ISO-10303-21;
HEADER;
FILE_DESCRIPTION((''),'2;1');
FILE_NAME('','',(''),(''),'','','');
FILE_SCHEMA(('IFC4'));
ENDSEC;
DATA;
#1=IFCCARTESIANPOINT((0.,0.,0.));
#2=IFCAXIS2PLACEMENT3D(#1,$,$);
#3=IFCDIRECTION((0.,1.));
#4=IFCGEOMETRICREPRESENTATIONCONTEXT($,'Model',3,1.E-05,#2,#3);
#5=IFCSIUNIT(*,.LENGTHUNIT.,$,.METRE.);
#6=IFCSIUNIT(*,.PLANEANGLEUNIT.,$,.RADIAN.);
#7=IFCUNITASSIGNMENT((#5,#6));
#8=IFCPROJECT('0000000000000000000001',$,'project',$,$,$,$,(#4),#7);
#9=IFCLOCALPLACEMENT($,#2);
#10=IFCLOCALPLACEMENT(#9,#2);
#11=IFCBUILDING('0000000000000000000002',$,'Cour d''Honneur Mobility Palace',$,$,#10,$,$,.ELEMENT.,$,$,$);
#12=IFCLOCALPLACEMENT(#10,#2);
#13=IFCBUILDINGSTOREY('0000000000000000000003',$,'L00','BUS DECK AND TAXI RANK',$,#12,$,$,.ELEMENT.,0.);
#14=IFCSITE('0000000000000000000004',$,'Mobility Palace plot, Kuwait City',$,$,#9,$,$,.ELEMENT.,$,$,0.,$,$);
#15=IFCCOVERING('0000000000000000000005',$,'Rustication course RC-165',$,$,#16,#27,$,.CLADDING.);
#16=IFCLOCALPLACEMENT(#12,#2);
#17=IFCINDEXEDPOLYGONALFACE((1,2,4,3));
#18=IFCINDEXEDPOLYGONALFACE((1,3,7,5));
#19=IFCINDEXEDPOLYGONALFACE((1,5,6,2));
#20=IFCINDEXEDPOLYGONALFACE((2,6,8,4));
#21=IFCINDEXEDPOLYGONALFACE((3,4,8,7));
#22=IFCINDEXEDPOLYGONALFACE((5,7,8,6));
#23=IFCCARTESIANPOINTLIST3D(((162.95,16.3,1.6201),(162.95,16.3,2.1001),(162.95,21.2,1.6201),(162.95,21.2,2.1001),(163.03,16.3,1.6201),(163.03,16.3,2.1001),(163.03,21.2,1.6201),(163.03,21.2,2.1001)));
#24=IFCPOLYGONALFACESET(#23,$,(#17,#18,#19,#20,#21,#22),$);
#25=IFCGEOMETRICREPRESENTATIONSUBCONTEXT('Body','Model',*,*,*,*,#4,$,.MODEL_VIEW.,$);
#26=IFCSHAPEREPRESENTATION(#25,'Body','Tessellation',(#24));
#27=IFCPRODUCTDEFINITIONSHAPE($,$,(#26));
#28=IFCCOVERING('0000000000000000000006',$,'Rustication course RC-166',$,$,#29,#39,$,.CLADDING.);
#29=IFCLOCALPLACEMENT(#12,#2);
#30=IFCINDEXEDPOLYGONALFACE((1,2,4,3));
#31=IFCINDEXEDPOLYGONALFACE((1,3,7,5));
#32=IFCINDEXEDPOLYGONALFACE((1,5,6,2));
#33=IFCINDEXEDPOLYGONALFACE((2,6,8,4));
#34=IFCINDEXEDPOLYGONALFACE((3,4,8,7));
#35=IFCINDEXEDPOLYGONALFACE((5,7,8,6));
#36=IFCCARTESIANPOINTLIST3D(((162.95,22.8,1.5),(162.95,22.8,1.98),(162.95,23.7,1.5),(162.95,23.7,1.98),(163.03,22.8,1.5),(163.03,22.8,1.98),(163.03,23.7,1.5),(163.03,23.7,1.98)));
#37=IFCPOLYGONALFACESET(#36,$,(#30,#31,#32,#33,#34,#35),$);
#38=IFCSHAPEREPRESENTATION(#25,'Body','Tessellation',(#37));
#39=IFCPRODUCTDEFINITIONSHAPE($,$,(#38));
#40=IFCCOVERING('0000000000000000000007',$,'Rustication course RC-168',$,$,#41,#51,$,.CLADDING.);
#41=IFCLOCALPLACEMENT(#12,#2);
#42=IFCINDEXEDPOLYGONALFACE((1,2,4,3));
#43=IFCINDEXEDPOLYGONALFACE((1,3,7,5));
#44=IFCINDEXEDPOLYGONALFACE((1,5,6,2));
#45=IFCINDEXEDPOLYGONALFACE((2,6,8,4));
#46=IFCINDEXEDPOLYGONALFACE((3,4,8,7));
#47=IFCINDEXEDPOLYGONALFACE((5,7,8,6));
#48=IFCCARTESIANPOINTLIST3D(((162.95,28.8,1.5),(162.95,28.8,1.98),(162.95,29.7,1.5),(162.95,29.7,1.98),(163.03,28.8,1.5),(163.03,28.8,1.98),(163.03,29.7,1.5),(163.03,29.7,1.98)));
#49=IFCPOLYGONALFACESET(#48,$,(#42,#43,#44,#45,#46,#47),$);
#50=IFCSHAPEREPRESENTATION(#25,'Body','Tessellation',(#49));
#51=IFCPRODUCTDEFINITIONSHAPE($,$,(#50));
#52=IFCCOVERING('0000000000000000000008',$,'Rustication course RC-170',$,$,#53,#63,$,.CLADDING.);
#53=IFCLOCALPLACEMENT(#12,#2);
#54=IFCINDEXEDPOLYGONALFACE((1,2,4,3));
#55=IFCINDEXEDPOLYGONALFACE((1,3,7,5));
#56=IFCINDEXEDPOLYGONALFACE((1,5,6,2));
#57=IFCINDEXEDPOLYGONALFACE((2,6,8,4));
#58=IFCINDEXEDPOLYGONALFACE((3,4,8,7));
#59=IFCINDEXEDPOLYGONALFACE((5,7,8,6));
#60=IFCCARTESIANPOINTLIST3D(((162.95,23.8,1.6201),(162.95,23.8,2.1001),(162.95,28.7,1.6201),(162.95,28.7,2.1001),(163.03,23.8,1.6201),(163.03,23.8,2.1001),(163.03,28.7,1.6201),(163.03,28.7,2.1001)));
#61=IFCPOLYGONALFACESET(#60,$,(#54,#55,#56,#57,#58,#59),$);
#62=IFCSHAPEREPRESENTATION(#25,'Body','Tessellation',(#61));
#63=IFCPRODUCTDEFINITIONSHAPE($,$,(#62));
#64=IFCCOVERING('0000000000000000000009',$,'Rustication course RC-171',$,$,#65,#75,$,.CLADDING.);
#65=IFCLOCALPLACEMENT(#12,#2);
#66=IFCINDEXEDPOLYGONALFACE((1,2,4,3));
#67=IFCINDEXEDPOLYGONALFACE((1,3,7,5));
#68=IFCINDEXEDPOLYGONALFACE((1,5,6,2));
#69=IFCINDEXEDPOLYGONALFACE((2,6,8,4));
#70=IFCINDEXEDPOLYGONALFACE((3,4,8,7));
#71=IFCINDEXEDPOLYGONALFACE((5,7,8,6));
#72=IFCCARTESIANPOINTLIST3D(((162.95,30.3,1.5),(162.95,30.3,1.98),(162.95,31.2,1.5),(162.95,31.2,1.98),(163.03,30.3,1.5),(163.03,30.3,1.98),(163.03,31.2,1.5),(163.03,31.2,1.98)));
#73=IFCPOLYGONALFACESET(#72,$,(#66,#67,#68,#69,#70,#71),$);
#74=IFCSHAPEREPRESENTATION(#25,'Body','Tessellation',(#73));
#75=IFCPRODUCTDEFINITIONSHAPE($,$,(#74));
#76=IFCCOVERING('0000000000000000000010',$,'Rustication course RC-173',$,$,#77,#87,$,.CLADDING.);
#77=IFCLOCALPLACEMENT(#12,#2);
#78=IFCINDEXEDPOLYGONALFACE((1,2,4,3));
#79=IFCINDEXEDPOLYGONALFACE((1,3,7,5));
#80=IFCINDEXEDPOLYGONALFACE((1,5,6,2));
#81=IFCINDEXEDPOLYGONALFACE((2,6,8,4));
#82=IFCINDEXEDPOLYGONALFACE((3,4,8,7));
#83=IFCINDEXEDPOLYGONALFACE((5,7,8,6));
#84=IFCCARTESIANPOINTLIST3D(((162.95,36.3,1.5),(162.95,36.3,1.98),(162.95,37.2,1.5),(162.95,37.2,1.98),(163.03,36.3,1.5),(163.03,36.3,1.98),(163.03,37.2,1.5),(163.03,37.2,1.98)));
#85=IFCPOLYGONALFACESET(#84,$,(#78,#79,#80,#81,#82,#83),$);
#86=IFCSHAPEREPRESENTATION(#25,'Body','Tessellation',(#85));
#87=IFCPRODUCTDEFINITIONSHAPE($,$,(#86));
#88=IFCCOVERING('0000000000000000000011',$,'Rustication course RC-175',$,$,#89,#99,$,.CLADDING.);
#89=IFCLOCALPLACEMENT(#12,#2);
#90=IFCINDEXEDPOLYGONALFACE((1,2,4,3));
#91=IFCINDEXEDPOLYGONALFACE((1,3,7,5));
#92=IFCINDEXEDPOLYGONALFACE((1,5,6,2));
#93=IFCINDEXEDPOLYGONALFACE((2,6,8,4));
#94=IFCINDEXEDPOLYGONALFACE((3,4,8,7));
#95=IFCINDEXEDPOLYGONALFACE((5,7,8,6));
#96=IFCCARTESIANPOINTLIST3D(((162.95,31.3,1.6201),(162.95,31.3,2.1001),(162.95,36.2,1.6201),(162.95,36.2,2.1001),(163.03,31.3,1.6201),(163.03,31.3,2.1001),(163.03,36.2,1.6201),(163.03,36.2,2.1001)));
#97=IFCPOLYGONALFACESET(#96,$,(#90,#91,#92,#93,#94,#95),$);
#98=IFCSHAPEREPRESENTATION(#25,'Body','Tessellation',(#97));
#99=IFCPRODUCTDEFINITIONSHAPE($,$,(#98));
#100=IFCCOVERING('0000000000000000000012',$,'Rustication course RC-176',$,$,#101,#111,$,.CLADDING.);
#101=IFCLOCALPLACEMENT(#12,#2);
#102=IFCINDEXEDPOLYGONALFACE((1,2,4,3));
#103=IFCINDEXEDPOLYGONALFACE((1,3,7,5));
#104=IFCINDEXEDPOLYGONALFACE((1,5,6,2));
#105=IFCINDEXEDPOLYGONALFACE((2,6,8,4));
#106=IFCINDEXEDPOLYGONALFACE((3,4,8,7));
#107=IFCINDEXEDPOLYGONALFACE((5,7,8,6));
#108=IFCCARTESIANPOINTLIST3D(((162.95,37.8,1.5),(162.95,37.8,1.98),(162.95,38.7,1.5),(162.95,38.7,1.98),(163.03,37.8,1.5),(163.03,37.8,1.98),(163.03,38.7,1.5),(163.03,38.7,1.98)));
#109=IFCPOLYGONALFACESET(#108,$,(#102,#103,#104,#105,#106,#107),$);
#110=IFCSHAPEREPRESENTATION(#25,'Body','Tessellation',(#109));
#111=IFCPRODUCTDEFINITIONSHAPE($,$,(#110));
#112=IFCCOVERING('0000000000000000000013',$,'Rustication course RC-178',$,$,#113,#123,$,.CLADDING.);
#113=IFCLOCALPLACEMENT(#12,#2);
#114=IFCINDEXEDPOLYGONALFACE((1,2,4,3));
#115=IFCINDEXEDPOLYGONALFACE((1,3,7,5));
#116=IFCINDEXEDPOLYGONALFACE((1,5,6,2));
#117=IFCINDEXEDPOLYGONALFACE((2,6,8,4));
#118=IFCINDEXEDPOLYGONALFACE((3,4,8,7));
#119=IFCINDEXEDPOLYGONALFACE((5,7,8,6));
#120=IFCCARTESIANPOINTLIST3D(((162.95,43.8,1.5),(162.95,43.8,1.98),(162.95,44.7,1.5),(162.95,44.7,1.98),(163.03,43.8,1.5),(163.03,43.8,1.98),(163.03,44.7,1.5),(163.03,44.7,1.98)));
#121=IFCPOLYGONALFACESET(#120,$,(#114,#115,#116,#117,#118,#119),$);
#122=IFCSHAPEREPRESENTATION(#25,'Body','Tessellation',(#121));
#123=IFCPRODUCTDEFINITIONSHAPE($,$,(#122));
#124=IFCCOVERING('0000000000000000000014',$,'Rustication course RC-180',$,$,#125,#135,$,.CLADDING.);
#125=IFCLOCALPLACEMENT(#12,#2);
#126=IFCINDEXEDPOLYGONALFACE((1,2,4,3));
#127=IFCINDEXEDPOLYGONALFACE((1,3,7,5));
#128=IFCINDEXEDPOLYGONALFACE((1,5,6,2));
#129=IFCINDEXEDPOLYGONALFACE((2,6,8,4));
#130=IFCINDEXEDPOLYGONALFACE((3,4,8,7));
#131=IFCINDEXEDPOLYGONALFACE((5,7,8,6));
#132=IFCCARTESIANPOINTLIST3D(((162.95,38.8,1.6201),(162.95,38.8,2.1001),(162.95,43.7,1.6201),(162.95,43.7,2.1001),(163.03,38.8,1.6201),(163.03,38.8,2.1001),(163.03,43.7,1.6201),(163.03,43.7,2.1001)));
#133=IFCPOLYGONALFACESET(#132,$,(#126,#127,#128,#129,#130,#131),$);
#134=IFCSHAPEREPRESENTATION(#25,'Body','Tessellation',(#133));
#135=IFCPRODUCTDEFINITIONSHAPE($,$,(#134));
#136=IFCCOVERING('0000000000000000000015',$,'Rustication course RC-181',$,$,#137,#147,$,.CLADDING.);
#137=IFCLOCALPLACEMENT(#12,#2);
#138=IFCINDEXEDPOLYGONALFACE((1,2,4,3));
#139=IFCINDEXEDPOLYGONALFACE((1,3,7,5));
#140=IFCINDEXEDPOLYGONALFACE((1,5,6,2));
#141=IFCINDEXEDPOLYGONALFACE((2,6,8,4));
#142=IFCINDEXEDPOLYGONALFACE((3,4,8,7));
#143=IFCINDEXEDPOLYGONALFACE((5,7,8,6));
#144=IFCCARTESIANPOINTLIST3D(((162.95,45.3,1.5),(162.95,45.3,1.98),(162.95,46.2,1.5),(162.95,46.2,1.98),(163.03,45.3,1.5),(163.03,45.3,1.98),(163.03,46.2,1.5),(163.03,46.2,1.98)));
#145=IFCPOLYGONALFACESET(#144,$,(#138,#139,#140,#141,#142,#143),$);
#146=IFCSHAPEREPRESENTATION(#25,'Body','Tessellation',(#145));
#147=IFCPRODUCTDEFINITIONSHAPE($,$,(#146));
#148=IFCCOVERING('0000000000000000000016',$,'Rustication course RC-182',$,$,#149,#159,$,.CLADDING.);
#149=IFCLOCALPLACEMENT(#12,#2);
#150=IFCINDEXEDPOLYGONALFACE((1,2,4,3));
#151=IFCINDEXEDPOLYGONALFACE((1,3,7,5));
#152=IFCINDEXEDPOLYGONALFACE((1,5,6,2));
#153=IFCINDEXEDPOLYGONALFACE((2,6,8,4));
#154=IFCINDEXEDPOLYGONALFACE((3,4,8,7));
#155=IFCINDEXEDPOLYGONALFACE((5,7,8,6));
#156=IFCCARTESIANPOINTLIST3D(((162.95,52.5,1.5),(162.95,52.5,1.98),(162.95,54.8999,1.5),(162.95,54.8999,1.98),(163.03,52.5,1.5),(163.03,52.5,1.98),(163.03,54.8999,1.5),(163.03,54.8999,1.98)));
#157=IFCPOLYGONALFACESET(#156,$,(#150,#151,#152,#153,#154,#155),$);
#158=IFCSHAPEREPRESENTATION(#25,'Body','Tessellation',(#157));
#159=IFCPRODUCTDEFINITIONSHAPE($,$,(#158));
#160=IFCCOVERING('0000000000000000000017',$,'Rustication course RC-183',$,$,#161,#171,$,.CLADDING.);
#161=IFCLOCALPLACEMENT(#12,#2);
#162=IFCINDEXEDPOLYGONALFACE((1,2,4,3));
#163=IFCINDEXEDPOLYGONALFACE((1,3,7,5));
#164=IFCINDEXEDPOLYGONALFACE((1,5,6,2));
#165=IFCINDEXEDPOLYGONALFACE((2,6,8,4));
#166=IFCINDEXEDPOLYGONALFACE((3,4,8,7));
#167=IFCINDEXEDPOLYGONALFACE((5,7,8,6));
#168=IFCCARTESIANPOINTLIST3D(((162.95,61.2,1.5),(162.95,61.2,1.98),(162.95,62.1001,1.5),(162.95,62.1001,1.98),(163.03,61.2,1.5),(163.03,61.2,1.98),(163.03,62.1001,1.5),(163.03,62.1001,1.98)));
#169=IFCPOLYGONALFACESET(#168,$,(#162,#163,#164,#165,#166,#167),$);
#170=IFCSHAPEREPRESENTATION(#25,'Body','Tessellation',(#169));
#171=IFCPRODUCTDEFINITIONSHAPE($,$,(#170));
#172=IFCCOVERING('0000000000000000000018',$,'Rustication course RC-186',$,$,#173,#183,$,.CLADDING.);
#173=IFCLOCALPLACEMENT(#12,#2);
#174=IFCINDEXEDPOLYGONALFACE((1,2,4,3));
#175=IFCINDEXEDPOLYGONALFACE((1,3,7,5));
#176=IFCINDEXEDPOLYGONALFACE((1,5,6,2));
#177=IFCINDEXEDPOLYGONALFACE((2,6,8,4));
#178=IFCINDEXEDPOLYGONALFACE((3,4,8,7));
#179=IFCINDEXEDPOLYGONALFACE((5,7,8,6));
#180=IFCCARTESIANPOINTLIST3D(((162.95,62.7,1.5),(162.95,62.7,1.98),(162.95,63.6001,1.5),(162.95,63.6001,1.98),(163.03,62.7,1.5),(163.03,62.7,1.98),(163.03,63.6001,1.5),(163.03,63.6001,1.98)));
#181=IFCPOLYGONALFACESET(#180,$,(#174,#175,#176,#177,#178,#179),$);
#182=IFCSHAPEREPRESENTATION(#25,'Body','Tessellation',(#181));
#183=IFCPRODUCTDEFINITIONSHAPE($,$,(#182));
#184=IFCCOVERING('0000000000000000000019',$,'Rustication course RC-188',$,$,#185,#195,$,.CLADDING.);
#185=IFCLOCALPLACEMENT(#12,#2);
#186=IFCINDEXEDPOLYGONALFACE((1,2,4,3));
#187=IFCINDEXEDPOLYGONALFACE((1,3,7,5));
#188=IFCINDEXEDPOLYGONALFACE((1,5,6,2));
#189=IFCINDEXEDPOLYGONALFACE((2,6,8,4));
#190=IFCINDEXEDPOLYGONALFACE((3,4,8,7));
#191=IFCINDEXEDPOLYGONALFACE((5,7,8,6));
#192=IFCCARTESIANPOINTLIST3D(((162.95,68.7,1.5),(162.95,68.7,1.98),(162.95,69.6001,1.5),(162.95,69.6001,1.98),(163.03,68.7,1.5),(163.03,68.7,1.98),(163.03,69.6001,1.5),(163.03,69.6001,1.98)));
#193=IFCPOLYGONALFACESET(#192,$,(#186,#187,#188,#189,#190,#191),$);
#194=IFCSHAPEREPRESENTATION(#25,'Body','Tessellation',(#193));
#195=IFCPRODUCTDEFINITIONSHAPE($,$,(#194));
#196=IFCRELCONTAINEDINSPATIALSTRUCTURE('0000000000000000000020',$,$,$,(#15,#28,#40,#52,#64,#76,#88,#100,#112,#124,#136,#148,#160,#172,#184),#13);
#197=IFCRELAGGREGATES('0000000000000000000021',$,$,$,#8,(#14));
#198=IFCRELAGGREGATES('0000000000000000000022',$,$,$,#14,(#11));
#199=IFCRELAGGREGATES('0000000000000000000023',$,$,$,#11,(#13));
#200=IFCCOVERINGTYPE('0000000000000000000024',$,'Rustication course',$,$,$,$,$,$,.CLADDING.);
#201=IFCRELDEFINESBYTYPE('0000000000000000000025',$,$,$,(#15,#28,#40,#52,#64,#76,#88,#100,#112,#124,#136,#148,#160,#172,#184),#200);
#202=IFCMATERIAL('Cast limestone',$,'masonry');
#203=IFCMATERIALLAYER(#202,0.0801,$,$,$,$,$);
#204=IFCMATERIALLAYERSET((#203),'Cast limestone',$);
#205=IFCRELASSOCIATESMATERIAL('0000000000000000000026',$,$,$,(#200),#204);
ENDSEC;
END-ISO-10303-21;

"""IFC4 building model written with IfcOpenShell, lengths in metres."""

from ifc_helpers import new_model, si_unit, direction, frame, origin, place, context, subcontext, project, spatial, polyline, outline, extrude, material, layer, layer_set, type_object, element, save


model = new_model("IFC4")

# Units and contexts
model_context = context("Model", 3, precision=1e-05, world=origin(), true_north=direction((0.0, 1.0)))
body_context = subcontext(model_context, "Body", "Model", "MODEL_VIEW")
ifc_project = project(units=[si_unit("LENGTHUNIT", "METRE"), si_unit("PLANEANGLEUNIT", "RADIAN")], contexts=[model_context])

# Site, building, storey
site_placement = place(None, origin())
site = spatial("IfcSite", under=ifc_project, at=site_placement, Name="Mobility Palace plot, Kuwait City", CompositionType="ELEMENT", RefElevation=0.0)
building_placement = place(site_placement, origin())
building = spatial("IfcBuilding", under=site, at=building_placement, Name="Cour d'Honneur Mobility Palace", CompositionType="ELEMENT")
storey_placement = place(building_placement, origin())
storey = spatial("IfcBuildingStorey", under=building, at=storey_placement, Name="L00", Description="BUS DECK AND TAXI RANK", CompositionType="ELEMENT", Elevation=0.0)

# Coverings
ifc_material = material(Name="Cast limestone", Category="masonry")
ifc_layer = layer(ifc_material, 0.0801)
ifc_layer_set = layer_set([ifc_layer], Name="Cast limestone")
covering_type = type_object("IfcCoveringType", Name="Rustication course", PredefinedType="CLADDING", material=ifc_layer_set)
covering_1_placement = place(storey_placement, frame((0.0, 0.0, 1.6201)))
element("IfcCovering", 1, at=covering_1_placement, inside=storey, type_object=covering_type, Name="Rustication course RC-165", PredefinedType="CLADDING", context=body_context, shape_type="SweptSolid", body=[
    extrude(outline(polyline([(162.95, 16.3), (162.95, 21.2), (163.03, 21.2), (163.03, 16.3), (162.95, 16.3)])), origin(), (0.0, 0.0, 1.0), 0.48),
])
covering_2_placement = place(storey_placement, frame((0.0, 0.0, 1.5)))
element("IfcCovering", 2, at=covering_2_placement, inside=storey, type_object=covering_type, Name="Rustication course RC-166", PredefinedType="CLADDING", context=body_context, shape_type="SweptSolid", body=[
    extrude(outline(polyline([(162.95, 22.8), (162.95, 23.7), (163.03, 23.7), (163.03, 22.8), (162.95, 22.8)])), origin(), (0.0, 0.0, 1.0), 0.48),
])
covering_3_placement = place(storey_placement, frame((0.0, 0.0, 1.5)))
element("IfcCovering", 3, at=covering_3_placement, inside=storey, type_object=covering_type, Name="Rustication course RC-168", PredefinedType="CLADDING", context=body_context, shape_type="SweptSolid", body=[
    extrude(outline(polyline([(162.95, 28.8), (162.95, 29.7), (163.03, 29.7), (163.03, 28.8), (162.95, 28.8)])), origin(), (0.0, 0.0, 1.0), 0.48),
])
covering_4_placement = place(storey_placement, frame((0.0, 0.0, 1.6201)))
element("IfcCovering", 4, at=covering_4_placement, inside=storey, type_object=covering_type, Name="Rustication course RC-170", PredefinedType="CLADDING", context=body_context, shape_type="SweptSolid", body=[
    extrude(outline(polyline([(162.95, 23.8), (162.95, 28.7), (163.03, 28.7), (163.03, 23.8), (162.95, 23.8)])), origin(), (0.0, 0.0, 1.0), 0.48),
])
covering_5_placement = place(storey_placement, frame((0.0, 0.0, 1.5)))
element("IfcCovering", 5, at=covering_5_placement, inside=storey, type_object=covering_type, Name="Rustication course RC-171", PredefinedType="CLADDING", context=body_context, shape_type="SweptSolid", body=[
    extrude(outline(polyline([(162.95, 30.3), (162.95, 31.2), (163.03, 31.2), (163.03, 30.3), (162.95, 30.3)])), origin(), (0.0, 0.0, 1.0), 0.48),
])
covering_6_placement = place(storey_placement, frame((0.0, 0.0, 1.5)))
element("IfcCovering", 6, at=covering_6_placement, inside=storey, type_object=covering_type, Name="Rustication course RC-173", PredefinedType="CLADDING", context=body_context, shape_type="SweptSolid", body=[
    extrude(outline(polyline([(162.95, 36.3), (162.95, 37.2), (163.03, 37.2), (163.03, 36.3), (162.95, 36.3)])), origin(), (0.0, 0.0, 1.0), 0.48),
])
covering_7_placement = place(storey_placement, frame((0.0, 0.0, 1.6201)))
element("IfcCovering", 7, at=covering_7_placement, inside=storey, type_object=covering_type, Name="Rustication course RC-175", PredefinedType="CLADDING", context=body_context, shape_type="SweptSolid", body=[
    extrude(outline(polyline([(162.95, 31.3), (162.95, 36.2), (163.03, 36.2), (163.03, 31.3), (162.95, 31.3)])), origin(), (0.0, 0.0, 1.0), 0.48),
])
covering_8_placement = place(storey_placement, frame((0.0, 0.0, 1.5)))
element("IfcCovering", 8, at=covering_8_placement, inside=storey, type_object=covering_type, Name="Rustication course RC-176", PredefinedType="CLADDING", context=body_context, shape_type="SweptSolid", body=[
    extrude(outline(polyline([(162.95, 37.8), (162.95, 38.7), (163.03, 38.7), (163.03, 37.8), (162.95, 37.8)])), origin(), (0.0, 0.0, 1.0), 0.48),
])
covering_9_placement = place(storey_placement, frame((0.0, 0.0, 1.5)))
element("IfcCovering", 9, at=covering_9_placement, inside=storey, type_object=covering_type, Name="Rustication course RC-178", PredefinedType="CLADDING", context=body_context, shape_type="SweptSolid", body=[
    extrude(outline(polyline([(162.95, 43.8), (162.95, 44.7), (163.03, 44.7), (163.03, 43.8), (162.95, 43.8)])), origin(), (0.0, 0.0, 1.0), 0.48),
])
covering_10_placement = place(storey_placement, frame((0.0, 0.0, 1.6201)))
element("IfcCovering", 10, at=covering_10_placement, inside=storey, type_object=covering_type, Name="Rustication course RC-180", PredefinedType="CLADDING", context=body_context, shape_type="SweptSolid", body=[
    extrude(outline(polyline([(162.95, 38.8), (162.95, 43.7), (163.03, 43.7), (163.03, 38.8), (162.95, 38.8)])), origin(), (0.0, 0.0, 1.0), 0.48),
])
covering_11_placement = place(storey_placement, frame((0.0, 0.0, 1.5)))
element("IfcCovering", 11, at=covering_11_placement, inside=storey, type_object=covering_type, Name="Rustication course RC-181", PredefinedType="CLADDING", context=body_context, shape_type="SweptSolid", body=[
    extrude(outline(polyline([(162.95, 45.3), (162.95, 46.2), (163.03, 46.2), (163.03, 45.3), (162.95, 45.3)])), origin(), (0.0, 0.0, 1.0), 0.48),
])
covering_12_placement = place(storey_placement, frame((0.0, 0.0, 1.5)))
element("IfcCovering", 12, at=covering_12_placement, inside=storey, type_object=covering_type, Name="Rustication course RC-182", PredefinedType="CLADDING", context=body_context, shape_type="SweptSolid", body=[
    extrude(outline(polyline([(162.95, 52.5), (162.95, 54.8999), (163.03, 54.8999), (163.03, 52.5), (162.95, 52.5)])), origin(), (0.0, 0.0, 1.0), 0.48),
])
covering_13_placement = place(storey_placement, frame((0.0, 0.0, 1.5)))
element("IfcCovering", 13, at=covering_13_placement, inside=storey, type_object=covering_type, Name="Rustication course RC-183", PredefinedType="CLADDING", context=body_context, shape_type="SweptSolid", body=[
    extrude(outline(polyline([(162.95, 61.2), (162.95, 62.1001), (163.03, 62.1001), (163.03, 61.2), (162.95, 61.2)])), origin(), (0.0, 0.0, 1.0), 0.48),
])
covering_14_placement = place(storey_placement, frame((0.0, 0.0, 1.5)))
element("IfcCovering", 14, at=covering_14_placement, inside=storey, type_object=covering_type, Name="Rustication course RC-186", PredefinedType="CLADDING", context=body_context, shape_type="SweptSolid", body=[
    extrude(outline(polyline([(162.95, 62.7), (162.95, 63.6001), (163.03, 63.6001), (163.03, 62.7), (162.95, 62.7)])), origin(), (0.0, 0.0, 1.0), 0.48),
])
covering_15_placement = place(storey_placement, frame((0.0, 0.0, 1.5)))
element("IfcCovering", 15, at=covering_15_placement, inside=storey, type_object=covering_type, Name="Rustication course RC-188", PredefinedType="CLADDING", context=body_context, shape_type="SweptSolid", body=[
    extrude(outline(polyline([(162.95, 68.7), (162.95, 69.6001), (163.03, 69.6001), (163.03, 68.7), (162.95, 68.7)])), origin(), (0.0, 0.0, 1.0), 0.48),
])

save(model, "model.ifc")
